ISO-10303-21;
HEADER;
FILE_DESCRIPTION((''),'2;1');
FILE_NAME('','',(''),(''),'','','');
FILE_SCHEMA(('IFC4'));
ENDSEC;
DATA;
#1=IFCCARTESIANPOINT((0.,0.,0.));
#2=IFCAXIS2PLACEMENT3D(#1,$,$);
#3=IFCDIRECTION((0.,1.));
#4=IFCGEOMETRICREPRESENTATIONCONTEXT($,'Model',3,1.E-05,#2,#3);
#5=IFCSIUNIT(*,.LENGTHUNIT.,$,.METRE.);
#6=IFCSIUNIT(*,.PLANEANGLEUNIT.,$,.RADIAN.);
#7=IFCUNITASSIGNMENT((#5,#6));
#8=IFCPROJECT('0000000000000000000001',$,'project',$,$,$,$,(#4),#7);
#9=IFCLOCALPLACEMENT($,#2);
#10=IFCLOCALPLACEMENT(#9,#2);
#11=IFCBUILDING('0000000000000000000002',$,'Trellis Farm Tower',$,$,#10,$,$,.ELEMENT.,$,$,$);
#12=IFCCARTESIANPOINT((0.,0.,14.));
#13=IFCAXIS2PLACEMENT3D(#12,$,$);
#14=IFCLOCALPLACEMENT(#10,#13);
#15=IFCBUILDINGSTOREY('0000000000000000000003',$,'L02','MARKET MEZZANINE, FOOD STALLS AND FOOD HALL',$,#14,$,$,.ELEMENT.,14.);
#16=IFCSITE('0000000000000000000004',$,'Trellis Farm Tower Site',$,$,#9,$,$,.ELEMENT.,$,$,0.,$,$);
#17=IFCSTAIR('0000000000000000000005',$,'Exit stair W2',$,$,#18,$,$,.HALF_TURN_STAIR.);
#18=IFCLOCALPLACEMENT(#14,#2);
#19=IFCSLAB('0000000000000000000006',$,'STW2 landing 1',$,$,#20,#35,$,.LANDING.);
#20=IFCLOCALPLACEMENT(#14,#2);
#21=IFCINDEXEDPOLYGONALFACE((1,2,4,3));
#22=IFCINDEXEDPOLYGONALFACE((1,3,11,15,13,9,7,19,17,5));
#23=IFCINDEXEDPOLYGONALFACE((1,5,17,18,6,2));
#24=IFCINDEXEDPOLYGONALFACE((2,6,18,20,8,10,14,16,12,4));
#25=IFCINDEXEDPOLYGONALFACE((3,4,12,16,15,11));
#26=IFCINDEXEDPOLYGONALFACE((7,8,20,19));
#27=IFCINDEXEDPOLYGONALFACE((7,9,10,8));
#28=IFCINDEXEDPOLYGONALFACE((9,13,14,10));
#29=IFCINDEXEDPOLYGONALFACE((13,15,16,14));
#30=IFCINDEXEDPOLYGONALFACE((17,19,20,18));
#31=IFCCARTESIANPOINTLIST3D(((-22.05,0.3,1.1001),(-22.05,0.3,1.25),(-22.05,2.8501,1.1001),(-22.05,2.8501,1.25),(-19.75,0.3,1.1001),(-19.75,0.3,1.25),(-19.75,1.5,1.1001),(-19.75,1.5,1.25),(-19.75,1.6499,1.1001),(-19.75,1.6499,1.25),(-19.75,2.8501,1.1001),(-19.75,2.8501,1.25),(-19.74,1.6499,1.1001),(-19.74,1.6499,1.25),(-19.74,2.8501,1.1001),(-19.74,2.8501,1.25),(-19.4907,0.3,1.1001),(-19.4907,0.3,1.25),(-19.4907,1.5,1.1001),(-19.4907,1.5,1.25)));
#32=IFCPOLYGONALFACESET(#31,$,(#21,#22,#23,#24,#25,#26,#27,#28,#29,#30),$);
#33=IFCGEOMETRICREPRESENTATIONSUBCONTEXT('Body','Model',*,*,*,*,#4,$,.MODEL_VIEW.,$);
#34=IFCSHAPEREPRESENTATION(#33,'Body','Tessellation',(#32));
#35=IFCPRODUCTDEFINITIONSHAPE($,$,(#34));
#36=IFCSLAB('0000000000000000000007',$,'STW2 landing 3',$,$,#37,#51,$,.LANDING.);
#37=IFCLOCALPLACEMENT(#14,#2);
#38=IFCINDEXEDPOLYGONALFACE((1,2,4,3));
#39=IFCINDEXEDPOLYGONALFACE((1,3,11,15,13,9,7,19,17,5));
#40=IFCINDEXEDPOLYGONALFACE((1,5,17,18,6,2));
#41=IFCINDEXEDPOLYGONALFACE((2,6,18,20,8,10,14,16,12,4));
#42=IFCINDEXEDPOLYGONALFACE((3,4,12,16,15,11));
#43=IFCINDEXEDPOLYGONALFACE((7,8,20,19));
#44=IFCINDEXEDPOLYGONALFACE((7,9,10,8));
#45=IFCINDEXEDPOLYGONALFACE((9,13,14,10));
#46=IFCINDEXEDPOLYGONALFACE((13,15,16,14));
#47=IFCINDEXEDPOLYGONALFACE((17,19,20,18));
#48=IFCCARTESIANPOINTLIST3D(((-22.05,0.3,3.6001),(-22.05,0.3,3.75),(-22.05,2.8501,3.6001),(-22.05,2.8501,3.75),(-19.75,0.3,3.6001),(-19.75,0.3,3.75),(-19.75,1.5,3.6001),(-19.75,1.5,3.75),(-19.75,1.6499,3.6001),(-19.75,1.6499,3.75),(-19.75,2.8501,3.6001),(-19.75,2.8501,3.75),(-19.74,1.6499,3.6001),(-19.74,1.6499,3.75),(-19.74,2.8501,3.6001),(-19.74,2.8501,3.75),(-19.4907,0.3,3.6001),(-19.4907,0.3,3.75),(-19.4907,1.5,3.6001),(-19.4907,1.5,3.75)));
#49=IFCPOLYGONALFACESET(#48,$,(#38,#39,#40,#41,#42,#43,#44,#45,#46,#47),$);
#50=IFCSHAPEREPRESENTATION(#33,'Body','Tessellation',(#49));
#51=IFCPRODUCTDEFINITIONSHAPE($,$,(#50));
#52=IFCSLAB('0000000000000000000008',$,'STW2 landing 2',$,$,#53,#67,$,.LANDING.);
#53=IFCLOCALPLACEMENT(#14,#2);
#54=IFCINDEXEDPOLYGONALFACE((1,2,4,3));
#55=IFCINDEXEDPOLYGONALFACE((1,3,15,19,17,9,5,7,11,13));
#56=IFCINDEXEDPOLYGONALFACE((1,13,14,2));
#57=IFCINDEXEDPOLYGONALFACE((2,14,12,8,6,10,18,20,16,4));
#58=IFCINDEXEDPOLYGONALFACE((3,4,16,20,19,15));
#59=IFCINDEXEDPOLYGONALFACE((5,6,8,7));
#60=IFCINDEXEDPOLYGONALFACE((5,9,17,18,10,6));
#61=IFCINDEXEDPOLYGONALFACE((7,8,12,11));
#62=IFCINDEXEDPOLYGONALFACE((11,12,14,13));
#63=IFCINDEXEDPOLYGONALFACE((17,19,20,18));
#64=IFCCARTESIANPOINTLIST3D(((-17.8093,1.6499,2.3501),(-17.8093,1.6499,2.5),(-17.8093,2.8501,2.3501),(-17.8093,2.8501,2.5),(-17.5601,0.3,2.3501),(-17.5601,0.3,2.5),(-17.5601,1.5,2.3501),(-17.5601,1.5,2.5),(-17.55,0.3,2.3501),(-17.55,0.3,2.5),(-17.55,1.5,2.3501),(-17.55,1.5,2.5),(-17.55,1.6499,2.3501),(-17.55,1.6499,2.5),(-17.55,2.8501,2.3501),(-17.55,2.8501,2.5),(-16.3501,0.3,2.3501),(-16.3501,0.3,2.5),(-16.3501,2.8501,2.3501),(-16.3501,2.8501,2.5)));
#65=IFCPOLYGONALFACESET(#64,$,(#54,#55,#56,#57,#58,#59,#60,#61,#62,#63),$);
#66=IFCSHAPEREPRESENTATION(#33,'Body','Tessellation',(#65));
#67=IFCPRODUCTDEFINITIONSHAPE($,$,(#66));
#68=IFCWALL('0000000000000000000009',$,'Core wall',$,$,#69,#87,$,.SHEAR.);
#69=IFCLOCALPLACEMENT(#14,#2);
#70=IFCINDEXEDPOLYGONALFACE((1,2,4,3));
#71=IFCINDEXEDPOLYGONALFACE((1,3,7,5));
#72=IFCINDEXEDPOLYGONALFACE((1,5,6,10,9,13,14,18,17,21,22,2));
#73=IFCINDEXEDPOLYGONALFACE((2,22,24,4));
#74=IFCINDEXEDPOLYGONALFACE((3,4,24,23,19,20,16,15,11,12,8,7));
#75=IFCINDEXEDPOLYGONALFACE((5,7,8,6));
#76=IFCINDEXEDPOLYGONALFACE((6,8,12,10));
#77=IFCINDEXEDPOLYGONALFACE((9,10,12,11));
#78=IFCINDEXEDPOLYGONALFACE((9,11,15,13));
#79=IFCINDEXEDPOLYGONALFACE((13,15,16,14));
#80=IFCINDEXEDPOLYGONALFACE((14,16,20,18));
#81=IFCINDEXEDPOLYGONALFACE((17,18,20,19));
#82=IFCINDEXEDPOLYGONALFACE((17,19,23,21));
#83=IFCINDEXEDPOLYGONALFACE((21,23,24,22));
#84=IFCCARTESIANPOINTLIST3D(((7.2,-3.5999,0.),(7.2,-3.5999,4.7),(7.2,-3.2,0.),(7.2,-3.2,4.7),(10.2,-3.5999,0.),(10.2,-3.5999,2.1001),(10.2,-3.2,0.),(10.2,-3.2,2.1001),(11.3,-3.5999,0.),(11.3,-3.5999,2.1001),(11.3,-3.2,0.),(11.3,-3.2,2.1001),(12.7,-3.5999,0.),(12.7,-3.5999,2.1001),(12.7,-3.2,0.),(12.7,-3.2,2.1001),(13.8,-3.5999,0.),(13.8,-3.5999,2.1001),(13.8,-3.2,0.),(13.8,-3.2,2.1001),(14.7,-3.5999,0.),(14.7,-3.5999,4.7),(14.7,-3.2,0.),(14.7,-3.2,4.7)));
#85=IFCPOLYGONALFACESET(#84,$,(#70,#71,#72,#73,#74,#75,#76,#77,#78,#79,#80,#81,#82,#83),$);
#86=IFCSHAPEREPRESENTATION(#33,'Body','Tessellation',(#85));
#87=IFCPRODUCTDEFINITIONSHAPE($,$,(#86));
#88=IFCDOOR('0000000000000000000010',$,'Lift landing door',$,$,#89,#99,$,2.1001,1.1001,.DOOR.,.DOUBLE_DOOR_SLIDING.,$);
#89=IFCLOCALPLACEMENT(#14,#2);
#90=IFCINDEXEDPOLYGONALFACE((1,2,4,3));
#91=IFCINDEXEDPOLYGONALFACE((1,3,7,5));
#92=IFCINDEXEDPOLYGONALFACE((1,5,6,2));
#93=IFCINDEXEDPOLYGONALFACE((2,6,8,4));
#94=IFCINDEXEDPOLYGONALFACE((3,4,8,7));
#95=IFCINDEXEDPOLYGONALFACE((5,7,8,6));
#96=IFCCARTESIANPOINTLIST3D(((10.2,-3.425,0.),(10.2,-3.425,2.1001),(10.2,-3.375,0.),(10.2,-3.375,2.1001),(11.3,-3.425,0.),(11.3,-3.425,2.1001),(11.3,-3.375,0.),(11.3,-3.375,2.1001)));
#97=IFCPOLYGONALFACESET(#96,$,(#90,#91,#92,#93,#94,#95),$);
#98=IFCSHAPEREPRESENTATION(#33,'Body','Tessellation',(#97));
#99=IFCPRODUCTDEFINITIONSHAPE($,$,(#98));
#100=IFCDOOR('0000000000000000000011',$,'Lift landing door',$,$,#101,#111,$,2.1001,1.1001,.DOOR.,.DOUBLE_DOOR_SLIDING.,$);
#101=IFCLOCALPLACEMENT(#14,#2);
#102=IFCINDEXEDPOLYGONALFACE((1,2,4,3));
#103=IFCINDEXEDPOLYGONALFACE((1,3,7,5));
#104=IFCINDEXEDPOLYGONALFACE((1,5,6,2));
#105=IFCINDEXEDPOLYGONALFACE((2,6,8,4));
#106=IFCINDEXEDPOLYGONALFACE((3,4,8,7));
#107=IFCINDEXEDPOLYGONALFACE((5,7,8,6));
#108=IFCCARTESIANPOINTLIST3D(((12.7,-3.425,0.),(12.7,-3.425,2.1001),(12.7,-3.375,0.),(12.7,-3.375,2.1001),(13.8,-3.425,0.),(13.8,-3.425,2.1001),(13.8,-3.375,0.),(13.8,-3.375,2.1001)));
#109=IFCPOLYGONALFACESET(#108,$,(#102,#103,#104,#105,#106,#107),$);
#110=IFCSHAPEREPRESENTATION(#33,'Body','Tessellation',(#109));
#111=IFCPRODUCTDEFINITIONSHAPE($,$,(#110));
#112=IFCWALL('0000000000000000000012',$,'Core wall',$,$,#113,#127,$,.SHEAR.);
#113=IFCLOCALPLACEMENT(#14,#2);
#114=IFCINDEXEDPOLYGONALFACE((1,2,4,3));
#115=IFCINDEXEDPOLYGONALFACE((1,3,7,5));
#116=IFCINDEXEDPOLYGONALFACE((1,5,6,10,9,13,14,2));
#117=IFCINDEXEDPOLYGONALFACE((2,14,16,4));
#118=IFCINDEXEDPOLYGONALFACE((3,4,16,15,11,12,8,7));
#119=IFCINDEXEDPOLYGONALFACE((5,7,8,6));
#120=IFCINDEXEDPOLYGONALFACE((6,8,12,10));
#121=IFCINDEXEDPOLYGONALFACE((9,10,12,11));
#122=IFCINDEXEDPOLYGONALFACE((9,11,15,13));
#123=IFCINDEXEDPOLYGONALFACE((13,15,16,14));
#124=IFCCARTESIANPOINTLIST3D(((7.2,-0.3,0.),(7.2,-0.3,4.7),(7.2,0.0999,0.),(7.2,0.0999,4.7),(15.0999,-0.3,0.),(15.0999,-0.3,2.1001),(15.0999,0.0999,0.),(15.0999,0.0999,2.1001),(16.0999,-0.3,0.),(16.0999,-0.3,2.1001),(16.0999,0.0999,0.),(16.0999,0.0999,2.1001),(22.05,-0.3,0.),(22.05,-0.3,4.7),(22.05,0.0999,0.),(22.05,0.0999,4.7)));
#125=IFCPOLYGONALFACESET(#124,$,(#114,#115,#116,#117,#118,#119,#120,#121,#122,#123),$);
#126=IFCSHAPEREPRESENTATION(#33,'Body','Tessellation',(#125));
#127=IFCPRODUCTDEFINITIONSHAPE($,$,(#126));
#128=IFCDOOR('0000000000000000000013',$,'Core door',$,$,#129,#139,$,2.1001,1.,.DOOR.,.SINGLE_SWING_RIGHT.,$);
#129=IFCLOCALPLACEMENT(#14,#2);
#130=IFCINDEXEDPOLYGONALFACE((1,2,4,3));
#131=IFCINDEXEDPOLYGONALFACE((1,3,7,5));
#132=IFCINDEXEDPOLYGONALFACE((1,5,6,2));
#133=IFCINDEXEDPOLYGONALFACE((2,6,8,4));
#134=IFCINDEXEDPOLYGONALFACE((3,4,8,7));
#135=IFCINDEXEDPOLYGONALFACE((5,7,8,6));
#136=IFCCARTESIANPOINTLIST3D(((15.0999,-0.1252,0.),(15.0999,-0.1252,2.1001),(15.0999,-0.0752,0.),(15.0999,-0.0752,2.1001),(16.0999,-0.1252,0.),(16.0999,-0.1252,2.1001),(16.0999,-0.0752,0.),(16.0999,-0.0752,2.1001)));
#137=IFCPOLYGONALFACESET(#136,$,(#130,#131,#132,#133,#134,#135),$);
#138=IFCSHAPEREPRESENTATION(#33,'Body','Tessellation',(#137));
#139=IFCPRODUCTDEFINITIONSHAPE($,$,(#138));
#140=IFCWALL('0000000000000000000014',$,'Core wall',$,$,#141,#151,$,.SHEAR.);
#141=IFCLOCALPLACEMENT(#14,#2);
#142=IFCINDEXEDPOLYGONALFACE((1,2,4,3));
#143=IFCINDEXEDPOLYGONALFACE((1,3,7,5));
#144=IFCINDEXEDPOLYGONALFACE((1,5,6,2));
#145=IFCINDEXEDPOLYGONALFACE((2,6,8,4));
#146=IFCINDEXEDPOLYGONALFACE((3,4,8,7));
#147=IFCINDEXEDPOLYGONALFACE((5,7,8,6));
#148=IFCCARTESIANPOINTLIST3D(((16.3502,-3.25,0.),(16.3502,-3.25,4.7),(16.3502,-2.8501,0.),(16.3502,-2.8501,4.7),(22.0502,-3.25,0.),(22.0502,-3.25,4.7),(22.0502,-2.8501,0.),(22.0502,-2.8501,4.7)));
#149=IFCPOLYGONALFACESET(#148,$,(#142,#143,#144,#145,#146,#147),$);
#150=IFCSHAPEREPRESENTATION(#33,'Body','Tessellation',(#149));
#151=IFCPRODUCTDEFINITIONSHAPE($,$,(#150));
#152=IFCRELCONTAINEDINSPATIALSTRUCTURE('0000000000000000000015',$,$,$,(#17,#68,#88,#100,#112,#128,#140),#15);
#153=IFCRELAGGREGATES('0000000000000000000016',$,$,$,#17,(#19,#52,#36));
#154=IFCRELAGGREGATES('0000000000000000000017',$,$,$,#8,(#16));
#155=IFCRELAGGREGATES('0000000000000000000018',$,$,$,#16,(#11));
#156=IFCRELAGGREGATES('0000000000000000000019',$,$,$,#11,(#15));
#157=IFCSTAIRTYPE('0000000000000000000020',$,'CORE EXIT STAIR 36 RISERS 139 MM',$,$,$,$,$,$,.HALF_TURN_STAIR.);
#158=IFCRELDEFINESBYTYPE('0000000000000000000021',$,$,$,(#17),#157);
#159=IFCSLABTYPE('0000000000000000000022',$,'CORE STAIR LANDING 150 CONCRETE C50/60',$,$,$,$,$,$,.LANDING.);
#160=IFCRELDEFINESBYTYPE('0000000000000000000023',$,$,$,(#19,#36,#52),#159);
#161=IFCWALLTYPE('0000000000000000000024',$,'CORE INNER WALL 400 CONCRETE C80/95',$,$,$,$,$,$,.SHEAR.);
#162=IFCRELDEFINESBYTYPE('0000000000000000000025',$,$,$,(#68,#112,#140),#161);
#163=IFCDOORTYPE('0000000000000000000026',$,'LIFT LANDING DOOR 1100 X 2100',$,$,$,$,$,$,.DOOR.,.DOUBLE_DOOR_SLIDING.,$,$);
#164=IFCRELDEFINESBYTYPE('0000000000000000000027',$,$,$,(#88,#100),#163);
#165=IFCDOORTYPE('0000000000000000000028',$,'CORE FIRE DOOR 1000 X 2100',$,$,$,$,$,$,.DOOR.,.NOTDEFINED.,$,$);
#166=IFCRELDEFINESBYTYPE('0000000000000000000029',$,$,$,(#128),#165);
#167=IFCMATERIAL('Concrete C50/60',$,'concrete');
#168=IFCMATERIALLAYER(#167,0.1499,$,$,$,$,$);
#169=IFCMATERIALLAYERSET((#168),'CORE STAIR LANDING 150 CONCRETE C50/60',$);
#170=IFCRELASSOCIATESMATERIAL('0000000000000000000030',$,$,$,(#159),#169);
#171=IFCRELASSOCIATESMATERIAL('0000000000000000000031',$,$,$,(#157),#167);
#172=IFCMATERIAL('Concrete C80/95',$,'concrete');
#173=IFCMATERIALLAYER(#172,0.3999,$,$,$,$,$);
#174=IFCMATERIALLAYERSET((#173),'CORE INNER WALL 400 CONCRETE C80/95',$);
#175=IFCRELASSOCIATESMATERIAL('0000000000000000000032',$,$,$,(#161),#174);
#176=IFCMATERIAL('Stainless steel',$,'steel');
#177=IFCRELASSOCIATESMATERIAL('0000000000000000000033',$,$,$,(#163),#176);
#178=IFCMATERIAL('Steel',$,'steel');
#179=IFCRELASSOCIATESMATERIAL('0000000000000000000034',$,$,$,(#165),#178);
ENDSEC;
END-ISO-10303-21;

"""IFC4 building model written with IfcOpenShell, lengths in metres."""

from ifc_helpers import new_model, si_unit, direction, frame, frame_2d, origin, place, context, subcontext, project, spatial, polyline, rectangle, outline, extrude, source, transform, mapped, material, layer, layer_set, type_object, element, fill, aggregate, save


model = new_model("IFC4")

# Units and contexts
model_context = context("Model", 3, precision=1e-05, world=origin(), true_north=direction((0.0, 1.0)))
body_context = subcontext(model_context, "Body", "Model", "MODEL_VIEW")
ifc_project = project(units=[si_unit("LENGTHUNIT", "METRE"), si_unit("PLANEANGLEUNIT", "RADIAN")], contexts=[model_context])

# Site, building, storey
site_placement = place(None, origin())
site = spatial("IfcSite", under=ifc_project, at=site_placement, Name="Trellis Farm Tower Site", CompositionType="ELEMENT", RefElevation=0.0)
building_placement = place(site_placement, origin())
building = spatial("IfcBuilding", under=site, at=building_placement, Name="Trellis Farm Tower", CompositionType="ELEMENT")
storey_placement = place(building_placement, frame((0.0, 0.0, 14.0)))
storey = spatial("IfcBuildingStorey", under=building, at=storey_placement, Name="L02", Description="MARKET MEZZANINE, FOOD STALLS AND FOOD HALL", CompositionType="ELEMENT", Elevation=14.0)

# Shared definitions
ifc_material_1 = material(Name="Concrete C80/95", Category="concrete")

# Shared definitions
ifc_material_2 = material(Name="Concrete C50/60", Category="concrete")
placement_1 = place(storey_placement, origin())
ifc_layer_1 = layer(ifc_material_2, 0.1499)
ifc_layer_set_1 = layer_set([ifc_layer_1], Name="CORE STAIR LANDING 150 CONCRETE C50/60")
slab_type = type_object("IfcSlabType", Name="CORE STAIR LANDING 150 CONCRETE C50/60", PredefinedType="LANDING", material=ifc_layer_set_1)
placement_2 = place(storey_placement, frame((0.0, 0.0, 2.3501)))

# Stair, slabs
stair_type_1 = type_object("IfcStairType", Name="CORE EXIT STAIR 36 RISERS 139 MM", PredefinedType="HALF_TURN_STAIR", material=ifc_material_2)
placement_3 = place(storey_placement, frame((0.0, 0.0, 1.1001)))
placement_4 = place(storey_placement, frame((0.0, 0.0, 3.6001)))
stair_1 = element("IfcStair", 1, at=placement_1, inside=storey, type_object=stair_type_1, Name="Exit stair W2", PredefinedType="HALF_TURN_STAIR")
shared_shape_1 = source(origin(), body_context, "Body", "SweptSolid", [
    extrude(outline(polyline([(-19.4907, 1.5), (-19.4907, 0.3), (-19.75, 0.3), (-22.05, 0.3), (-22.05, 2.8501), (-19.75, 2.8501), (-19.74, 2.8501), (-19.74, 1.6499), (-19.75, 1.6499), (-19.75, 1.5), (-19.4907, 1.5)])), origin(), (0.0, 0.0, 1.0), 0.1499),
])
slab_1 = element("IfcSlab", 2, at=placement_3, type_object=slab_type, Name="STW2 landing 1", PredefinedType="LANDING", context=body_context, shape_type="MappedRepresentation", body=[
    mapped(shared_shape_1, transform((0.0, 0.0, 0.0))),
])
slab_2 = element("IfcSlab", 3, at=placement_4, type_object=slab_type, Name="STW2 landing 3", PredefinedType="LANDING", context=body_context, shape_type="MappedRepresentation", body=[
    mapped(shared_shape_1, transform((0.0, 0.0, 0.0))),
])
shared_shape_2 = source(origin(), body_context, "Body", "SweptSolid", [
    extrude(outline(polyline([(-17.5601, 0.3), (-17.5601, 1.5), (-17.55, 1.5), (-17.55, 1.6499), (-17.8093, 1.6499), (-17.8093, 2.8501), (-17.55, 2.8501), (-16.3501, 2.8501), (-16.3501, 0.3), (-17.55, 0.3), (-17.5601, 0.3)])), origin(), (0.0, 0.0, 1.0), 0.1499),
])
slab_3 = element("IfcSlab", 4, at=placement_2, type_object=slab_type, Name="STW2 landing 2", PredefinedType="LANDING", context=body_context, shape_type="MappedRepresentation", body=[
    mapped(shared_shape_2, transform((0.0, 0.0, 0.0))),
])
aggregate(stair_1, [slab_1, slab_3, slab_2])

# Wall, openings, doors
ifc_layer_2 = layer(ifc_material_1, 0.3999)
ifc_layer_set_2 = layer_set([ifc_layer_2], Name="CORE INNER WALL 400 CONCRETE C80/95")
wall_type_1 = type_object("IfcWallType", Name="CORE INNER WALL 400 CONCRETE C80/95", PredefinedType="SHEAR", material=ifc_layer_set_2)
shared_shape_3 = source(origin(), body_context, "Body", "SweptSolid", [
    extrude(rectangle(XDim=7.5, YDim=0.3999, at=frame_2d((3.75, 0.0))), origin(), (0.0, 0.0, 1.0), 4.7),
])
wall_1_placement = place(storey_placement, frame((7.2, -3.3999, 0.0), z_axis=(0.0, 0.0, 1.0), x_axis=(1.0, 0.0, 0.0)))
wall_1 = element("IfcWall", 5, at=wall_1_placement, inside=storey, type_object=wall_type_1, Name="Core wall", PredefinedType="SHEAR", context=body_context, shape_type="MappedRepresentation", body=[
    mapped(shared_shape_3, transform((0.0, 0.0, 0.0))),
])
shared_shape_4 = source(origin(), body_context, "Body", "SweptSolid", [
    extrude(rectangle(XDim=1.1001, YDim=2.1001, at=frame_2d((0.55, 1.05))), frame((0.0, 0.21, 0.0), z_axis=(0.0, -1.0, 0.0), x_axis=(1.0, 0.0, 0.0)), (0.0, 0.0, 1.0), 0.4199),
])
opening_1_placement = place(wall_1_placement, frame((3.0, 0.0, 0.0)))
opening_1 = element("IfcOpeningElement", 6, at=opening_1_placement, cuts=wall_1, PredefinedType="OPENING", context=body_context, shape_type="MappedRepresentation", body=[
    mapped(shared_shape_4, transform((0.0, 0.0, 0.0))),
])
opening_2_placement = place(wall_1_placement, frame((5.5, 0.0, 0.0)))
opening_2 = element("IfcOpeningElement", 7, at=opening_2_placement, cuts=wall_1, PredefinedType="OPENING", context=body_context, shape_type="MappedRepresentation", body=[
    mapped(shared_shape_4, transform((0.0, 0.0, 0.0))),
])
ifc_material_3 = material(Name="Stainless steel", Category="steel")
door_type_1 = type_object("IfcDoorType", Name="LIFT LANDING DOOR 1100 X 2100", OperationType="DOUBLE_DOOR_SLIDING", PredefinedType="DOOR", material=ifc_material_3)
shared_shape_5 = source(origin(), body_context, "Body", "SweptSolid", [
    extrude(rectangle(XDim=1.1001, YDim=2.1001, at=frame_2d((0.55, 1.05))), frame((0.0, 0.0249, 0.0), z_axis=(0.0, -1.0, 0.0), x_axis=(1.0, 0.0, 0.0)), (0.0, 0.0, 1.0), 0.05),
])
door_1_placement = place(opening_1_placement, origin())
door_1 = element("IfcDoor", 8, at=door_1_placement, inside=storey, type_object=door_type_1, Name="Lift landing door", OperationType="DOUBLE_DOOR_SLIDING", OverallHeight=2.1001, OverallWidth=1.1001, PredefinedType="DOOR", context=body_context, shape_type="MappedRepresentation", body=[
    mapped(shared_shape_5, transform((0.0, 0.0, 0.0))),
])
fill(opening_1, door_1)
door_2_placement = place(opening_2_placement, origin())
door_2 = element("IfcDoor", 9, at=door_2_placement, inside=storey, type_object=door_type_1, Name="Lift landing door", OperationType="DOUBLE_DOOR_SLIDING", OverallHeight=2.1001, OverallWidth=1.1001, PredefinedType="DOOR", context=body_context, shape_type="MappedRepresentation", body=[
    mapped(shared_shape_5, transform((0.0, 0.0, 0.0))),
])
fill(opening_2, door_2)

# Wall, opening, door
shared_shape_6 = source(origin(), body_context, "Body", "SweptSolid", [
    extrude(rectangle(XDim=14.8501, YDim=0.3999, at=frame_2d((7.425, 0.0))), origin(), (0.0, 0.0, 1.0), 4.7),
])
wall_2_placement = place(storey_placement, frame((7.2, -0.1001, 0.0), z_axis=(0.0, 0.0, 1.0), x_axis=(1.0, 0.0, 0.0)))
wall_2 = element("IfcWall", 10, at=wall_2_placement, inside=storey, type_object=wall_type_1, Name="Core wall", PredefinedType="SHEAR", context=body_context, shape_type="MappedRepresentation", body=[
    mapped(shared_shape_6, transform((0.0, 0.0, 0.0))),
])
shared_shape_7 = source(origin(), body_context, "Body", "SweptSolid", [
    extrude(rectangle(XDim=1.0, YDim=2.1001, at=frame_2d((0.5, 1.05))), frame((0.0, 0.21, 0.0), z_axis=(0.0, -1.0, 0.0), x_axis=(1.0, 0.0, 0.0)), (0.0, 0.0, 1.0), 0.4199),
])
opening_3_placement = place(wall_2_placement, frame((7.8999, 0.0, 0.0)))
opening_3 = element("IfcOpeningElement", 11, at=opening_3_placement, cuts=wall_2, PredefinedType="OPENING", context=body_context, shape_type="MappedRepresentation", body=[
    mapped(shared_shape_7, transform((0.0, 0.0, 0.0))),
])
ifc_material_4 = material(Name="Steel", Category="steel")
door_type_2 = type_object("IfcDoorType", Name="CORE FIRE DOOR 1000 X 2100", OperationType="NOTDEFINED", PredefinedType="DOOR", material=ifc_material_4)
shared_shape_8 = source(origin(), body_context, "Body", "SweptSolid", [
    extrude(rectangle(XDim=1.0, YDim=2.1001, at=frame_2d((0.5, 1.05))), frame((0.0, 0.0249, 0.0), z_axis=(0.0, -1.0, 0.0), x_axis=(1.0, 0.0, 0.0)), (0.0, 0.0, 1.0), 0.05),
])
door_3_placement = place(opening_3_placement, origin())
door_3 = element("IfcDoor", 12, at=door_3_placement, inside=storey, type_object=door_type_2, Name="Core door", OperationType="SINGLE_SWING_RIGHT", OverallHeight=2.1001, OverallWidth=1.0, PredefinedType="DOOR", context=body_context, shape_type="MappedRepresentation", body=[
    mapped(shared_shape_8, transform((0.0, 0.0, 0.0))),
])
fill(opening_3, door_3)

# Wall
shared_shape_9 = source(origin(), body_context, "Body", "SweptSolid", [
    extrude(rectangle(XDim=5.7, YDim=0.3999, at=frame_2d((2.8501, 0.0))), origin(), (0.0, 0.0, 1.0), 4.7),
])
wall_3_placement = place(storey_placement, frame((16.3501, -3.05, 0.0), z_axis=(0.0, 0.0, 1.0), x_axis=(1.0, 0.0, 0.0)))
element("IfcWall", 13, at=wall_3_placement, inside=storey, type_object=wall_type_1, Name="Core wall", PredefinedType="SHEAR", context=body_context, shape_type="MappedRepresentation", body=[
    mapped(shared_shape_9, transform((0.0, 0.0, 0.0))),
])

save(model, "model.ifc")
